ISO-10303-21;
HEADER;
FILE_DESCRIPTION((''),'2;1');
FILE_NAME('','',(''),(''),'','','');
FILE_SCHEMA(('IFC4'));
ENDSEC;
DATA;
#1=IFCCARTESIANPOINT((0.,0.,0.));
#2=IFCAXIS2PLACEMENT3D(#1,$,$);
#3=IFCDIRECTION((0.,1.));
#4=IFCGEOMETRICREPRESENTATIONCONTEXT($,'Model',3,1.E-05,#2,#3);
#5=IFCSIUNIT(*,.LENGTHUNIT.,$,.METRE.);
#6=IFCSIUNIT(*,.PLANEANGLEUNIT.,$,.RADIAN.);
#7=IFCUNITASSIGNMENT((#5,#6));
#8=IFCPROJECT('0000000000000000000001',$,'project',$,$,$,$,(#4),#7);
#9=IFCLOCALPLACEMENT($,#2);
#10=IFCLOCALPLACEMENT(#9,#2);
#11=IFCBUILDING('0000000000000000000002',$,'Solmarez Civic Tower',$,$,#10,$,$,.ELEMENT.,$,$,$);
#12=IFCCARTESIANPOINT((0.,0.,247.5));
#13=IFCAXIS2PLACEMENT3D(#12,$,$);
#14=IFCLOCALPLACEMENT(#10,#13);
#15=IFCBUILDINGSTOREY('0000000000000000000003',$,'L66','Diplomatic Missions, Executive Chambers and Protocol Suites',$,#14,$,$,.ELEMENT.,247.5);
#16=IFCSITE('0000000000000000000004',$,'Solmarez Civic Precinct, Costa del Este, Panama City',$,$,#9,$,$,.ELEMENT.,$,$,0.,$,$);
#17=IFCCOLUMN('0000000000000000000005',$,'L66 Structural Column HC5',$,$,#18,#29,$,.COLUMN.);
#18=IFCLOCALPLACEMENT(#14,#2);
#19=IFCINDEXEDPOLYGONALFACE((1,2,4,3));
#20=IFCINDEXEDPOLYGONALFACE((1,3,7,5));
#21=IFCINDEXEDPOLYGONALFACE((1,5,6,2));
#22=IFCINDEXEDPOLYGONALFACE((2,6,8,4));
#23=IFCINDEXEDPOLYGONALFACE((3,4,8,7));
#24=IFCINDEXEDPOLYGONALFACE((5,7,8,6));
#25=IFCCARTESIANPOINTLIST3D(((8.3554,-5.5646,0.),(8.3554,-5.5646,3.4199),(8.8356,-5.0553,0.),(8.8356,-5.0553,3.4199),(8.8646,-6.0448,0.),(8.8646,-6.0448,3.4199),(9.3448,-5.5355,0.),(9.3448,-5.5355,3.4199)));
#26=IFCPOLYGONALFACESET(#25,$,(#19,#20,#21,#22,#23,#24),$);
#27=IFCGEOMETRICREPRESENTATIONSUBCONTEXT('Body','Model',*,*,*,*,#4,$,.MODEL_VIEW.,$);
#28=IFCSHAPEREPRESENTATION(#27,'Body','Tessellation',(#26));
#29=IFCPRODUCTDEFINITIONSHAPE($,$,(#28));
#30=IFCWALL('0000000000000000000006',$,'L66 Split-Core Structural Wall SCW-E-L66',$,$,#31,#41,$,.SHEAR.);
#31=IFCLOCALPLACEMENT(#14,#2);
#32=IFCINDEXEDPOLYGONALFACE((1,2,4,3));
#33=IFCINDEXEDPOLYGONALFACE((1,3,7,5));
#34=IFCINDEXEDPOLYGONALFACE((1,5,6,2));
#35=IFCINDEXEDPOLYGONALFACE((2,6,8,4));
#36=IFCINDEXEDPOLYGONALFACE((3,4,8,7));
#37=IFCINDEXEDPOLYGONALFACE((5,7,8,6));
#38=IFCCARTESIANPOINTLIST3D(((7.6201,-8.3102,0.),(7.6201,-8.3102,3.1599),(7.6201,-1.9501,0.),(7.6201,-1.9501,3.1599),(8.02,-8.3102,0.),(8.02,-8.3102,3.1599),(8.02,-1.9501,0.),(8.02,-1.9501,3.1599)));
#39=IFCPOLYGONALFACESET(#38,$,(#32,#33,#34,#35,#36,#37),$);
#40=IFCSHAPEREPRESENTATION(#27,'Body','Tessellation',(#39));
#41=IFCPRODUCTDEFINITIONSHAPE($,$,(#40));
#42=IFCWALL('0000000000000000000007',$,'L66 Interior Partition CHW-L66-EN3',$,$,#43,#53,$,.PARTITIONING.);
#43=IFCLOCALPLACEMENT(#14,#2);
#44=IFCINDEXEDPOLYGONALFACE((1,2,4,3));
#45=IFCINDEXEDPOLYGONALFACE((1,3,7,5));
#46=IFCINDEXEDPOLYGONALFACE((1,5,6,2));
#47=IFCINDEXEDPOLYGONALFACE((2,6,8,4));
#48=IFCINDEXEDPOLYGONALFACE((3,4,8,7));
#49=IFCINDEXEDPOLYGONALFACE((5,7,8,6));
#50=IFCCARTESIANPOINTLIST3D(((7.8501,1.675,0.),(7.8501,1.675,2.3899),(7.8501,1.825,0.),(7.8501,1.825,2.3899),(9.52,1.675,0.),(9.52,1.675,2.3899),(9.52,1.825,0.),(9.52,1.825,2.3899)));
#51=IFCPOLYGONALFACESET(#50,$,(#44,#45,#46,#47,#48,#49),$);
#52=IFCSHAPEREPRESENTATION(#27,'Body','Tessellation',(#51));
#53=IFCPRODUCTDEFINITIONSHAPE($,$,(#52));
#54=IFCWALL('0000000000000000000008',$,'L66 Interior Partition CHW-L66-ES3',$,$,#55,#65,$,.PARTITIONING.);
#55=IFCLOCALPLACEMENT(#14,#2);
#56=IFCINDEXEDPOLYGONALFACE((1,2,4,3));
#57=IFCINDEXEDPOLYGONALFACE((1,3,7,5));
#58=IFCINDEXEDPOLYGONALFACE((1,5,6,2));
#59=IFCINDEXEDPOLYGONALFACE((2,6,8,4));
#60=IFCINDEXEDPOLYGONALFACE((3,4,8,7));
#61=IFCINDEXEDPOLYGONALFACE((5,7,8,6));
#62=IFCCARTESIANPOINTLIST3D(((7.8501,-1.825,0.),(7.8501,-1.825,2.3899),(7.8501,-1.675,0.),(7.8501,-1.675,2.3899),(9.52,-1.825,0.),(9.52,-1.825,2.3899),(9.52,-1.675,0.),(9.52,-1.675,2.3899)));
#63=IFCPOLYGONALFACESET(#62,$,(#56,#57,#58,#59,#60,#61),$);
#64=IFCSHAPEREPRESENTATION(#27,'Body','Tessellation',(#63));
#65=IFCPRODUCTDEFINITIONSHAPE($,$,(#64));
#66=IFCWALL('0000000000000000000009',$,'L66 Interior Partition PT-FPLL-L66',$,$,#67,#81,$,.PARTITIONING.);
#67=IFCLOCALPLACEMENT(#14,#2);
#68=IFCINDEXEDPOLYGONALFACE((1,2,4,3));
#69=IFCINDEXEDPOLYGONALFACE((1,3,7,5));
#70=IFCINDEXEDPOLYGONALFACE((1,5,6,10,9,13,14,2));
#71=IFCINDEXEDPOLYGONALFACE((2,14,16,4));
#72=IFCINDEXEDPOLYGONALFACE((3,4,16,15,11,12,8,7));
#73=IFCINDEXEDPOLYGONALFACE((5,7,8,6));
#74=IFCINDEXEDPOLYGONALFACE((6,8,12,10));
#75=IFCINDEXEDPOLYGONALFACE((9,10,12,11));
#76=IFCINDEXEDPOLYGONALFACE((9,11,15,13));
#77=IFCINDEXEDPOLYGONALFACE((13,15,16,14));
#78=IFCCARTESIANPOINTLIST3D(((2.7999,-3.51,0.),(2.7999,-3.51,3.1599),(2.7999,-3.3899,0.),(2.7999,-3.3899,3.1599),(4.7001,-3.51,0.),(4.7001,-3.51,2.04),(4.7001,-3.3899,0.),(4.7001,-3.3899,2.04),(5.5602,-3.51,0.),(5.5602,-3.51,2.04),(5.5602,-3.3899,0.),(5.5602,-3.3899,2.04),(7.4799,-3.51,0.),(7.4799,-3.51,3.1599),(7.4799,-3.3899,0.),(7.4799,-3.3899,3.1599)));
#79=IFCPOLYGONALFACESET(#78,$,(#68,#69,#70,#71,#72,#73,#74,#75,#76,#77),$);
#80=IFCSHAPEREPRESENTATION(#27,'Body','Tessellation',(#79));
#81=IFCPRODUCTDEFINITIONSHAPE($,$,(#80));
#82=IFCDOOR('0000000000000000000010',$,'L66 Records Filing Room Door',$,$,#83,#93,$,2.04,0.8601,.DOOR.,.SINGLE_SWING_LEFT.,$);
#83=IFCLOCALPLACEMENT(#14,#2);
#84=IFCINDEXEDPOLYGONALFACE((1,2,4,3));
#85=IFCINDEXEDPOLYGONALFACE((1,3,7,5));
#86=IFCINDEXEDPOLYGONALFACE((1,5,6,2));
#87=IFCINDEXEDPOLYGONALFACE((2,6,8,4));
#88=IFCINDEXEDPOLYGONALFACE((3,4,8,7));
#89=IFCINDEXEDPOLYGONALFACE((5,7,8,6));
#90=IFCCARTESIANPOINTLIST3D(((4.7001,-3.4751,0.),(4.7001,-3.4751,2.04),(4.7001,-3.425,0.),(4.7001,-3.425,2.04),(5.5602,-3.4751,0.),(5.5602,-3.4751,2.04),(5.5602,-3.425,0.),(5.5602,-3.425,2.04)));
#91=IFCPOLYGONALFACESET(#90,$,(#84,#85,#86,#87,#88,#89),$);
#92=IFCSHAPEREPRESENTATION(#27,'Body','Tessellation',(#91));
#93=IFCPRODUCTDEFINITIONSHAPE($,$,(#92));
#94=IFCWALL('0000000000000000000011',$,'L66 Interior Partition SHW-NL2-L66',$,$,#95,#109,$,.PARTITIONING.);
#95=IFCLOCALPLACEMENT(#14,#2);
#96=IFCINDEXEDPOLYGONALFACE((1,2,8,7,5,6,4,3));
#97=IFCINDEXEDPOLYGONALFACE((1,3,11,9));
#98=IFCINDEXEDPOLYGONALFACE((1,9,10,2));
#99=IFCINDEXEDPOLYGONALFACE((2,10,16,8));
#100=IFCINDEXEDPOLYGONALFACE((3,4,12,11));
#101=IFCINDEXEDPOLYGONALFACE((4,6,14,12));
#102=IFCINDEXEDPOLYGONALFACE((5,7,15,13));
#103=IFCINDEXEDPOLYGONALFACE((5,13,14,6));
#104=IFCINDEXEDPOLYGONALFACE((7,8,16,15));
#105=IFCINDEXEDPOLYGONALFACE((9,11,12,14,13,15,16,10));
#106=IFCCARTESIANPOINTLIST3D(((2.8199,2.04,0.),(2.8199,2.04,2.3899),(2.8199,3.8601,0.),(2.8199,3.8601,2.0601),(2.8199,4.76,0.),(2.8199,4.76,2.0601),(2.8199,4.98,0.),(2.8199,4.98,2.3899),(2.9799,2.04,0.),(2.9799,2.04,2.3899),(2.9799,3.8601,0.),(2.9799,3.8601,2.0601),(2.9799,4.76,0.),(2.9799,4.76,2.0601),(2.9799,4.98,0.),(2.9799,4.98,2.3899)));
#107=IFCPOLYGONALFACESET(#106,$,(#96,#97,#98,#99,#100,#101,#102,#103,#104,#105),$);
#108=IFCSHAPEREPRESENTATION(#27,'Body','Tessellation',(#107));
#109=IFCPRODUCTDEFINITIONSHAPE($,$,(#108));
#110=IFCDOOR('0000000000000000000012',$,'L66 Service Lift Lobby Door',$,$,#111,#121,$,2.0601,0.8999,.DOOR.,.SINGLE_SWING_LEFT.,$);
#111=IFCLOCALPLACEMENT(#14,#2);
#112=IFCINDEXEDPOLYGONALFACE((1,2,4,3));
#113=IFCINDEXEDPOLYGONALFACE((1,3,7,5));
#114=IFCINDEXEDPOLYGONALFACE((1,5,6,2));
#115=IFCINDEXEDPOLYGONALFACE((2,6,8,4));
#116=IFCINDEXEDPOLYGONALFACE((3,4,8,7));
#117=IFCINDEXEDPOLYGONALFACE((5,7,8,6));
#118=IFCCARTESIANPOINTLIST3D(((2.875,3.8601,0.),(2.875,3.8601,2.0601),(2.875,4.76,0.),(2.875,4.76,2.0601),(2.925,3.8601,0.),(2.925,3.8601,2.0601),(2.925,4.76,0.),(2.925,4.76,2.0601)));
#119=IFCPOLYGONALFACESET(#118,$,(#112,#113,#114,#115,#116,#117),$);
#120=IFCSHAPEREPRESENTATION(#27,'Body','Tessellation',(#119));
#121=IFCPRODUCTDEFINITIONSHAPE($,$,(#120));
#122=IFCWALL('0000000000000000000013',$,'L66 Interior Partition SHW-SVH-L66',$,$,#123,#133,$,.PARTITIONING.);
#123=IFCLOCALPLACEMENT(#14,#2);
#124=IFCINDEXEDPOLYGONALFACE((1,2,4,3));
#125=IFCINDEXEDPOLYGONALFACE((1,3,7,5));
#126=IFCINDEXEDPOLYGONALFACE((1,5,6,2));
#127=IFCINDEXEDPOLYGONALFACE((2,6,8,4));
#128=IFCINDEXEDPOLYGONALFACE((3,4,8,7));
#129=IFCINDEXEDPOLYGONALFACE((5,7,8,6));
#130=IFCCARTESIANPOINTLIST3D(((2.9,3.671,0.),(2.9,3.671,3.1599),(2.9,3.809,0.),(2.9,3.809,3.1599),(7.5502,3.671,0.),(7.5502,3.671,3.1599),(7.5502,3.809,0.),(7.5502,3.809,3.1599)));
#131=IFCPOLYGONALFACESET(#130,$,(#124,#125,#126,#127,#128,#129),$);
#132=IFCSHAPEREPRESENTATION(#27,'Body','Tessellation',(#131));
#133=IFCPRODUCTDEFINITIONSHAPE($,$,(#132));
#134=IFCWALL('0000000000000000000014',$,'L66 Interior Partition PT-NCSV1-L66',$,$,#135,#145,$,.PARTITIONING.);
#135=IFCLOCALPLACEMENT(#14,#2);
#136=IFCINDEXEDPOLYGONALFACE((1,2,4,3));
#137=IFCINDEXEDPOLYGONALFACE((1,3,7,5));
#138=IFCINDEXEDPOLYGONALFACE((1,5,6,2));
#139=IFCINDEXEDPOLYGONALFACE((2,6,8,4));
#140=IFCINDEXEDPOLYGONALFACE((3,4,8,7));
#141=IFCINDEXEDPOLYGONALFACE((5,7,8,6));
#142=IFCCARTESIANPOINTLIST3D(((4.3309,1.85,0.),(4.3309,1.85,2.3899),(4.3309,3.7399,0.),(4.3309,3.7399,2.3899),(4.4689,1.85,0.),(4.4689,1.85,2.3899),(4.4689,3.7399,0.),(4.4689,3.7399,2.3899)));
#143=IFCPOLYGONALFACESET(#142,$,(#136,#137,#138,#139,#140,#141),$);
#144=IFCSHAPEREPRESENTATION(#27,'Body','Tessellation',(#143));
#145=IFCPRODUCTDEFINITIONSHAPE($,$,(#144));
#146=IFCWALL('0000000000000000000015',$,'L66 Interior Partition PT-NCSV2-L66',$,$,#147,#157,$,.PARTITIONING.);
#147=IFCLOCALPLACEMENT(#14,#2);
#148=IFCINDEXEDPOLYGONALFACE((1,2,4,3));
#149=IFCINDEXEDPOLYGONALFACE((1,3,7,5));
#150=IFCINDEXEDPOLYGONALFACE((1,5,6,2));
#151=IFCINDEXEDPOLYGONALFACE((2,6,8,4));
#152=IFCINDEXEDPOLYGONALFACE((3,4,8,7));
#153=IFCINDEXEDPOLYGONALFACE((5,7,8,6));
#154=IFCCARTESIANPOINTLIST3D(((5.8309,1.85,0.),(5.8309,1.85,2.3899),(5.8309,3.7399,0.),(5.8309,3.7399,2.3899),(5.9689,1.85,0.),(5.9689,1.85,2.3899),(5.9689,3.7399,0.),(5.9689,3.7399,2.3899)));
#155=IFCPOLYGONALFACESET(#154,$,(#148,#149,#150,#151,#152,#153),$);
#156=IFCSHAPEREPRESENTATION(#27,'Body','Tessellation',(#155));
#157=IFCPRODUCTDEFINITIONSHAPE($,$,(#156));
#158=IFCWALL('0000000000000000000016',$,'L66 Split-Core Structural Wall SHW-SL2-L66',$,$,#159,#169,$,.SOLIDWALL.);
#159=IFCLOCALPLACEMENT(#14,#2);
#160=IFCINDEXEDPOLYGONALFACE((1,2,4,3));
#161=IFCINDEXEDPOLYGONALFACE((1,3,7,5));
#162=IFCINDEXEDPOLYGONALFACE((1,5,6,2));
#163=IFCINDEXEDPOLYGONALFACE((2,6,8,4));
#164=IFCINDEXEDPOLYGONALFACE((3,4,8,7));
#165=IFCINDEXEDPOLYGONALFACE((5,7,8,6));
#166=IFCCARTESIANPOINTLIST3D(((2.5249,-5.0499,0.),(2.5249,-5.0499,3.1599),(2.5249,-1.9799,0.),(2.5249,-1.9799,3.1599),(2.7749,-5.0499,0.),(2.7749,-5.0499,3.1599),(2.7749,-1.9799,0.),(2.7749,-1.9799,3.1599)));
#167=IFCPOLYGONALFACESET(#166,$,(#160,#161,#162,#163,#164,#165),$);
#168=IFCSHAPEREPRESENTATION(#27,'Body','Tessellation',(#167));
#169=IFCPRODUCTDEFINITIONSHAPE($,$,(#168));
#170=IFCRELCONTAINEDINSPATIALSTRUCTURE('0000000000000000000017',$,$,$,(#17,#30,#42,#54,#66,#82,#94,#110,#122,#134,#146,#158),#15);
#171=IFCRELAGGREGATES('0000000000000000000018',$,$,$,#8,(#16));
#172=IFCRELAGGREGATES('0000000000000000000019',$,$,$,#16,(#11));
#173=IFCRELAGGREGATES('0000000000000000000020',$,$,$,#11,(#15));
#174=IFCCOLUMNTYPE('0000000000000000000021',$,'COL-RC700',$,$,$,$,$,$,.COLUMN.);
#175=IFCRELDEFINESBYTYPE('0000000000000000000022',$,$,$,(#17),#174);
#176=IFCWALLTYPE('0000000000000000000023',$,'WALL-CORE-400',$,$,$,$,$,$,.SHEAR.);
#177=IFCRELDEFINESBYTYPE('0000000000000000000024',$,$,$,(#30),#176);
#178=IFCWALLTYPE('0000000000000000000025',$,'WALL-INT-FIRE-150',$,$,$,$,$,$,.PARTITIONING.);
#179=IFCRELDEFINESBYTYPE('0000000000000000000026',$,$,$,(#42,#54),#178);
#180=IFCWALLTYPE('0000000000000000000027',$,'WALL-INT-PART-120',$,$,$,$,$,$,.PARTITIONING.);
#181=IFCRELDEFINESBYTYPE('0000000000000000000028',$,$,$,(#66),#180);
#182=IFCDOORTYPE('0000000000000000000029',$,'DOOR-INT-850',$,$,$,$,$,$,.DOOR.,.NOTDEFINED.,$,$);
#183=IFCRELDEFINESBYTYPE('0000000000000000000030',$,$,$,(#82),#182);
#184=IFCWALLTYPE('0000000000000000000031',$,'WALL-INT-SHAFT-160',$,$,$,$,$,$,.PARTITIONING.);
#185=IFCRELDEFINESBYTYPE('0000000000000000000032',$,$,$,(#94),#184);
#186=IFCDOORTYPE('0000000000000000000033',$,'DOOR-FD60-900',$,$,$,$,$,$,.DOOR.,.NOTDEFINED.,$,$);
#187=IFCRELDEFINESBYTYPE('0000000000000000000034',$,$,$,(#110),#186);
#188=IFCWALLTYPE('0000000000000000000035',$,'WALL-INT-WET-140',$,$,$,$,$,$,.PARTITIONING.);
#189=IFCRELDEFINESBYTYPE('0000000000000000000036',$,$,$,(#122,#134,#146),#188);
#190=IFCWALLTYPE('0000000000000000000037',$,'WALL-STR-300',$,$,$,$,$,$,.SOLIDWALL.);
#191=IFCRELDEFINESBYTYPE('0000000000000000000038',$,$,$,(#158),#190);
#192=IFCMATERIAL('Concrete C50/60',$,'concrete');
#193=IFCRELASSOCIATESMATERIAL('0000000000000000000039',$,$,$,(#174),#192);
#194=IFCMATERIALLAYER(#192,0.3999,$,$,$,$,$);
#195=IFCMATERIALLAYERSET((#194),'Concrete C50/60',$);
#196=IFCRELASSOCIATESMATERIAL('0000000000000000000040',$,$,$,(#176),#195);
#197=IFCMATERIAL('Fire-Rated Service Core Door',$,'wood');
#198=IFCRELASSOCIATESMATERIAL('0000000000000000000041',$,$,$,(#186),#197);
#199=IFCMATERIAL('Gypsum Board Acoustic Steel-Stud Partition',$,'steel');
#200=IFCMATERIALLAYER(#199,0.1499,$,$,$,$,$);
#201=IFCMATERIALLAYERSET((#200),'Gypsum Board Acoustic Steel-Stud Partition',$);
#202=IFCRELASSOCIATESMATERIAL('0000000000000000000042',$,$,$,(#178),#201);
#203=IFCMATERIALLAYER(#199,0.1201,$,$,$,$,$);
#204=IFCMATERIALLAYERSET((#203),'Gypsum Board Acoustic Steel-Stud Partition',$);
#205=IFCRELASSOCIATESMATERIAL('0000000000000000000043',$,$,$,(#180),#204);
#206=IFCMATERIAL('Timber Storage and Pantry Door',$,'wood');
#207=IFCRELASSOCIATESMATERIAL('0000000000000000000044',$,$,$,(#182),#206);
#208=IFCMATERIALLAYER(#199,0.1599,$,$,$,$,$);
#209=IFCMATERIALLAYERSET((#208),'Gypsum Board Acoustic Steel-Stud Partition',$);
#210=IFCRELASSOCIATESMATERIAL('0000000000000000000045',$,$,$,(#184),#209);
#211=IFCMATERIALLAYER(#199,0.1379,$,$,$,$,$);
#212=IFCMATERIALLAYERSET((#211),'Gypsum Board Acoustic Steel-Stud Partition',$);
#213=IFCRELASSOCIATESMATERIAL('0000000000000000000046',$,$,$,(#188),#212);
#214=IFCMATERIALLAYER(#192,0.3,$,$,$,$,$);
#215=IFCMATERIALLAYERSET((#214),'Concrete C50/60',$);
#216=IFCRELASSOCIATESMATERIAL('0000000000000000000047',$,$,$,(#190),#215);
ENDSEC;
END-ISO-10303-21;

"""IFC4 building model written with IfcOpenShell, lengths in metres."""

from ifc_helpers import new_model, si_unit, direction, frame, frame_2d, origin, origin_2d, place, context, subcontext, project, spatial, rectangle, extrude, material, layer, layer_set, material_profile, profile_set, type_object, element, fill, save


model = new_model("IFC4")

# Units and contexts
model_context = context("Model", 3, precision=1e-05, world=origin(), true_north=direction((0.0, 1.0)))
body_context = subcontext(model_context, "Body", "Model", "MODEL_VIEW")
ifc_project = project(units=[si_unit("LENGTHUNIT", "METRE"), si_unit("PLANEANGLEUNIT", "RADIAN")], contexts=[model_context])

# Site, building, storey
site_placement = place(None, origin())
site = spatial("IfcSite", under=ifc_project, at=site_placement, Name="Solmarez Civic Precinct, Costa del Este, Panama City", CompositionType="ELEMENT", RefElevation=0.0)
building_placement = place(site_placement, origin())
building = spatial("IfcBuilding", under=site, at=building_placement, Name="Solmarez Civic Tower", CompositionType="ELEMENT")
storey_placement = place(building_placement, frame((0.0, 0.0, 247.5)))
storey = spatial("IfcBuildingStorey", under=building, at=storey_placement, Name="L66", Description="Diplomatic Missions, Executive Chambers and Protocol Suites", CompositionType="ELEMENT", Elevation=247.5)

# Column
ifc_material_1 = material(Name="Concrete C50/60", Category="concrete")
ifc_material_profile = material_profile(ifc_material_1, rectangle(XDim=0.7, YDim=0.7, at=origin_2d()), Name="RC700X700")
ifc_profile_set = profile_set([ifc_material_profile], Name="Concrete C50/60")
column_type = type_object("IfcColumnType", Name="COL-RC700", PredefinedType="COLUMN", material=ifc_profile_set)
column_placement = place(storey_placement, frame((8.8501, -5.55, 0.0), z_axis=(0.0, 0.0, 1.0), x_axis=(0.686072, 0.727533, 0.0)))
element("IfcColumn", 1, at=column_placement, inside=storey, type_object=column_type, Name="L66 Structural Column HC5", PredefinedType="COLUMN", context=body_context, shape_type="SweptSolid", body=[
    extrude(rectangle(XDim=0.7, YDim=0.7, at=origin_2d()), origin(), (0.0, 0.0, 1.0), 3.4199),
])

# Shared definitions
ifc_layer_1 = layer(ifc_material_1, 0.3999)
ifc_layer_set_1 = layer_set([ifc_layer_1], Name="Concrete C50/60")
wall_type_1 = type_object("IfcWallType", Name="WALL-CORE-400", PredefinedType="SHEAR", material=ifc_layer_set_1)
ifc_material_2 = material(Name="Fire-Rated Service Core Door", Category="wood")
door_type_1 = type_object("IfcDoorType", Name="DOOR-FD60-900", OperationType="NOTDEFINED", PredefinedType="DOOR", material=ifc_material_2)

# Walls
wall_1_placement = place(storey_placement, frame((7.8201, -1.95, 0.0), z_axis=(0.0, 0.0, 1.0), x_axis=(0.0, -1.0, 0.0)))
element("IfcWall", 2, at=wall_1_placement, inside=storey, type_object=wall_type_1, Name="L66 Split-Core Structural Wall SCW-E-L66", PredefinedType="SHEAR", context=body_context, shape_type="SweptSolid", body=[
    extrude(rectangle(XDim=6.3601, YDim=0.3999, at=frame_2d((3.1802, 0.0))), origin(), (0.0, 0.0, 1.0), 3.1599),
])
ifc_material_3 = material(Name="Gypsum Board Acoustic Steel-Stud Partition", Category="steel")
ifc_layer_2 = layer(ifc_material_3, 0.1499)
ifc_layer_set_2 = layer_set([ifc_layer_2], Name="Gypsum Board Acoustic Steel-Stud Partition")
wall_type_2 = type_object("IfcWallType", Name="WALL-INT-FIRE-150", PredefinedType="PARTITIONING", material=ifc_layer_set_2)
for number, where, z_axis, x_axis, name in (
    (3, (7.8501, 1.75, 0.0), (0.0, 0.0, 1.0), (1.0, 0.0, 0.0), "L66 Interior Partition CHW-L66-EN3"),
    (4, (7.8501, -1.75, 0.0), (0.0, 0.0, 1.0), (1.0, 0.0, 0.0), "L66 Interior Partition CHW-L66-ES3"),
):
    element("IfcWall", number, at=place(storey_placement, frame(where, z_axis=z_axis, x_axis=x_axis)), inside=storey, type_object=wall_type_2, Name=name, PredefinedType="PARTITIONING", context=body_context, shape_type="SweptSolid", body=[
        extrude(rectangle(XDim=1.6699, YDim=0.1499, at=frame_2d((0.835, 0.0))), origin(), (0.0, 0.0, 1.0), 2.3899),
    ])

# Walls, openings, doors
ifc_layer_3 = layer(ifc_material_3, 0.1201)
ifc_layer_set_3 = layer_set([ifc_layer_3], Name="Gypsum Board Acoustic Steel-Stud Partition")
wall_type_3 = type_object("IfcWallType", Name="WALL-INT-PART-120", PredefinedType="PARTITIONING", material=ifc_layer_set_3)
wall_2_placement = place(storey_placement, frame((2.8, -3.45, 0.0), z_axis=(0.0, 0.0, 1.0), x_axis=(1.0, 0.0, 0.0)))
wall_2 = element("IfcWall", 5, at=wall_2_placement, inside=storey, type_object=wall_type_3, Name="L66 Interior Partition PT-FPLL-L66", PredefinedType="PARTITIONING", context=body_context, shape_type="SweptSolid", body=[
    extrude(rectangle(XDim=4.6799, YDim=0.1201, at=frame_2d((2.3398, 0.0))), origin(), (0.0, 0.0, 1.0), 3.1599),
])
opening_1_placement = place(wall_2_placement, frame((1.8999, 0.0, 0.0)))
opening_1 = element("IfcOpeningElement", 6, at=opening_1_placement, cuts=wall_2, PredefinedType="OPENING", context=body_context, shape_type="SweptSolid", body=[
    extrude(rectangle(XDim=0.8601, YDim=2.04, at=frame_2d((0.4302, 1.02))), frame((0.0, 0.0701, 0.0), z_axis=(0.0, -1.0, 0.0), x_axis=(1.0, 0.0, 0.0)), (0.0, 0.0, 1.0), 0.1401),
])
ifc_material_4 = material(Name="Timber Storage and Pantry Door", Category="wood")
door_type_2 = type_object("IfcDoorType", Name="DOOR-INT-850", OperationType="NOTDEFINED", PredefinedType="DOOR", material=ifc_material_4)
door_1_placement = place(opening_1_placement, origin())
door_1 = element("IfcDoor", 7, at=door_1_placement, inside=storey, type_object=door_type_2, Name="L66 Records Filing Room Door", OperationType="SINGLE_SWING_LEFT", OverallHeight=2.04, OverallWidth=0.8601, PredefinedType="DOOR", context=body_context, shape_type="SweptSolid", body=[
    extrude(rectangle(XDim=0.8601, YDim=2.04, at=frame_2d((0.4302, 1.02))), frame((0.0, 0.0249, 0.0), z_axis=(0.0, -1.0, 0.0), x_axis=(1.0, 0.0, 0.0)), (0.0, 0.0, 1.0), 0.05),
])
fill(opening_1, door_1)
ifc_layer_4 = layer(ifc_material_3, 0.1599)
ifc_layer_set_4 = layer_set([ifc_layer_4], Name="Gypsum Board Acoustic Steel-Stud Partition")
wall_type_4 = type_object("IfcWallType", Name="WALL-INT-SHAFT-160", PredefinedType="PARTITIONING", material=ifc_layer_set_4)
wall_3_placement = place(storey_placement, frame((2.8999, 2.04, 0.0), z_axis=(0.0, 0.0, 1.0), x_axis=(0.0, 1.0, 0.0)))
wall_3 = element("IfcWall", 8, at=wall_3_placement, inside=storey, type_object=wall_type_4, Name="L66 Interior Partition SHW-NL2-L66", PredefinedType="PARTITIONING", context=body_context, shape_type="SweptSolid", body=[
    extrude(rectangle(XDim=2.9399, YDim=0.1599, at=frame_2d((1.47, 0.0))), origin(), (0.0, 0.0, 1.0), 2.3899),
])
opening_2_placement = place(wall_3_placement, frame((1.8201, 0.0, 0.0)))
opening_2 = element("IfcOpeningElement", 9, at=opening_2_placement, cuts=wall_3, PredefinedType="OPENING", context=body_context, shape_type="SweptSolid", body=[
    extrude(rectangle(XDim=0.8999, YDim=2.0601, at=frame_2d((0.45, 1.03))), frame((0.0, 0.0898, 0.0), z_axis=(0.0, -1.0, 0.0), x_axis=(1.0, 0.0, 0.0)), (0.0, 0.0, 1.0), 0.1799),
])
door_2_placement = place(opening_2_placement, origin())
door_2 = element("IfcDoor", 10, at=door_2_placement, inside=storey, type_object=door_type_1, Name="L66 Service Lift Lobby Door", OperationType="SINGLE_SWING_LEFT", OverallHeight=2.0601, OverallWidth=0.8999, PredefinedType="DOOR", context=body_context, shape_type="SweptSolid", body=[
    extrude(rectangle(XDim=0.8999, YDim=2.0601, at=frame_2d((0.45, 1.03))), frame((0.0, 0.0249, 0.0), z_axis=(0.0, -1.0, 0.0), x_axis=(1.0, 0.0, 0.0)), (0.0, 0.0, 1.0), 0.05),
])
fill(opening_2, door_2)

# Walls
ifc_layer_5 = layer(ifc_material_3, 0.1379)
ifc_layer_set_5 = layer_set([ifc_layer_5], Name="Gypsum Board Acoustic Steel-Stud Partition")
wall_type_5 = type_object("IfcWallType", Name="WALL-INT-WET-140", PredefinedType="PARTITIONING", material=ifc_layer_set_5)
wall_4_placement = place(storey_placement, frame((2.8999, 3.74, 0.0), z_axis=(0.0, 0.0, 1.0), x_axis=(1.0, 0.0, 0.0)))
element("IfcWall", 11, at=wall_4_placement, inside=storey, type_object=wall_type_5, Name="L66 Interior Partition SHW-SVH-L66", PredefinedType="PARTITIONING", context=body_context, shape_type="SweptSolid", body=[
    extrude(rectangle(XDim=4.6501, YDim=0.1379, at=frame_2d((2.3252, 0.0))), origin(), (0.0, 0.0, 1.0), 3.1599),
])
for number, where, z_axis, x_axis, name in (
    (12, (4.3999, 1.8501, 0.0), (0.0, 0.0, 1.0), (0.0, 1.0, 0.0), "L66 Interior Partition PT-NCSV1-L66"),
    (13, (5.8999, 1.8501, 0.0), (0.0, 0.0, 1.0), (0.0, 1.0, 0.0), "L66 Interior Partition PT-NCSV2-L66"),
):
    element("IfcWall", number, at=place(storey_placement, frame(where, z_axis=z_axis, x_axis=x_axis)), inside=storey, type_object=wall_type_5, Name=name, PredefinedType="PARTITIONING", context=body_context, shape_type="SweptSolid", body=[
        extrude(rectangle(XDim=1.8899, YDim=0.1379, at=frame_2d((0.9448, 0.0))), origin(), (0.0, 0.0, 1.0), 2.3899),
    ])
ifc_layer_6 = layer(ifc_material_1, 0.3)
ifc_layer_set_6 = layer_set([ifc_layer_6], Name="Concrete C50/60")
wall_type_6 = type_object("IfcWallType", Name="WALL-STR-300", PredefinedType="SOLIDWALL", material=ifc_layer_set_6)
wall_5_placement = place(storey_placement, frame((2.6499, -5.05, 0.0), z_axis=(0.0, 0.0, 1.0), x_axis=(0.0, 1.0, 0.0)))
element("IfcWall", 14, at=wall_5_placement, inside=storey, type_object=wall_type_6, Name="L66 Split-Core Structural Wall SHW-SL2-L66", PredefinedType="SOLIDWALL", context=body_context, shape_type="SweptSolid", body=[
    extrude(rectangle(XDim=3.0701, YDim=0.25, at=frame_2d((1.5352, 0.0))), origin(), (0.0, 0.0, 1.0), 3.1599),
])

save(model, "model.ifc")
